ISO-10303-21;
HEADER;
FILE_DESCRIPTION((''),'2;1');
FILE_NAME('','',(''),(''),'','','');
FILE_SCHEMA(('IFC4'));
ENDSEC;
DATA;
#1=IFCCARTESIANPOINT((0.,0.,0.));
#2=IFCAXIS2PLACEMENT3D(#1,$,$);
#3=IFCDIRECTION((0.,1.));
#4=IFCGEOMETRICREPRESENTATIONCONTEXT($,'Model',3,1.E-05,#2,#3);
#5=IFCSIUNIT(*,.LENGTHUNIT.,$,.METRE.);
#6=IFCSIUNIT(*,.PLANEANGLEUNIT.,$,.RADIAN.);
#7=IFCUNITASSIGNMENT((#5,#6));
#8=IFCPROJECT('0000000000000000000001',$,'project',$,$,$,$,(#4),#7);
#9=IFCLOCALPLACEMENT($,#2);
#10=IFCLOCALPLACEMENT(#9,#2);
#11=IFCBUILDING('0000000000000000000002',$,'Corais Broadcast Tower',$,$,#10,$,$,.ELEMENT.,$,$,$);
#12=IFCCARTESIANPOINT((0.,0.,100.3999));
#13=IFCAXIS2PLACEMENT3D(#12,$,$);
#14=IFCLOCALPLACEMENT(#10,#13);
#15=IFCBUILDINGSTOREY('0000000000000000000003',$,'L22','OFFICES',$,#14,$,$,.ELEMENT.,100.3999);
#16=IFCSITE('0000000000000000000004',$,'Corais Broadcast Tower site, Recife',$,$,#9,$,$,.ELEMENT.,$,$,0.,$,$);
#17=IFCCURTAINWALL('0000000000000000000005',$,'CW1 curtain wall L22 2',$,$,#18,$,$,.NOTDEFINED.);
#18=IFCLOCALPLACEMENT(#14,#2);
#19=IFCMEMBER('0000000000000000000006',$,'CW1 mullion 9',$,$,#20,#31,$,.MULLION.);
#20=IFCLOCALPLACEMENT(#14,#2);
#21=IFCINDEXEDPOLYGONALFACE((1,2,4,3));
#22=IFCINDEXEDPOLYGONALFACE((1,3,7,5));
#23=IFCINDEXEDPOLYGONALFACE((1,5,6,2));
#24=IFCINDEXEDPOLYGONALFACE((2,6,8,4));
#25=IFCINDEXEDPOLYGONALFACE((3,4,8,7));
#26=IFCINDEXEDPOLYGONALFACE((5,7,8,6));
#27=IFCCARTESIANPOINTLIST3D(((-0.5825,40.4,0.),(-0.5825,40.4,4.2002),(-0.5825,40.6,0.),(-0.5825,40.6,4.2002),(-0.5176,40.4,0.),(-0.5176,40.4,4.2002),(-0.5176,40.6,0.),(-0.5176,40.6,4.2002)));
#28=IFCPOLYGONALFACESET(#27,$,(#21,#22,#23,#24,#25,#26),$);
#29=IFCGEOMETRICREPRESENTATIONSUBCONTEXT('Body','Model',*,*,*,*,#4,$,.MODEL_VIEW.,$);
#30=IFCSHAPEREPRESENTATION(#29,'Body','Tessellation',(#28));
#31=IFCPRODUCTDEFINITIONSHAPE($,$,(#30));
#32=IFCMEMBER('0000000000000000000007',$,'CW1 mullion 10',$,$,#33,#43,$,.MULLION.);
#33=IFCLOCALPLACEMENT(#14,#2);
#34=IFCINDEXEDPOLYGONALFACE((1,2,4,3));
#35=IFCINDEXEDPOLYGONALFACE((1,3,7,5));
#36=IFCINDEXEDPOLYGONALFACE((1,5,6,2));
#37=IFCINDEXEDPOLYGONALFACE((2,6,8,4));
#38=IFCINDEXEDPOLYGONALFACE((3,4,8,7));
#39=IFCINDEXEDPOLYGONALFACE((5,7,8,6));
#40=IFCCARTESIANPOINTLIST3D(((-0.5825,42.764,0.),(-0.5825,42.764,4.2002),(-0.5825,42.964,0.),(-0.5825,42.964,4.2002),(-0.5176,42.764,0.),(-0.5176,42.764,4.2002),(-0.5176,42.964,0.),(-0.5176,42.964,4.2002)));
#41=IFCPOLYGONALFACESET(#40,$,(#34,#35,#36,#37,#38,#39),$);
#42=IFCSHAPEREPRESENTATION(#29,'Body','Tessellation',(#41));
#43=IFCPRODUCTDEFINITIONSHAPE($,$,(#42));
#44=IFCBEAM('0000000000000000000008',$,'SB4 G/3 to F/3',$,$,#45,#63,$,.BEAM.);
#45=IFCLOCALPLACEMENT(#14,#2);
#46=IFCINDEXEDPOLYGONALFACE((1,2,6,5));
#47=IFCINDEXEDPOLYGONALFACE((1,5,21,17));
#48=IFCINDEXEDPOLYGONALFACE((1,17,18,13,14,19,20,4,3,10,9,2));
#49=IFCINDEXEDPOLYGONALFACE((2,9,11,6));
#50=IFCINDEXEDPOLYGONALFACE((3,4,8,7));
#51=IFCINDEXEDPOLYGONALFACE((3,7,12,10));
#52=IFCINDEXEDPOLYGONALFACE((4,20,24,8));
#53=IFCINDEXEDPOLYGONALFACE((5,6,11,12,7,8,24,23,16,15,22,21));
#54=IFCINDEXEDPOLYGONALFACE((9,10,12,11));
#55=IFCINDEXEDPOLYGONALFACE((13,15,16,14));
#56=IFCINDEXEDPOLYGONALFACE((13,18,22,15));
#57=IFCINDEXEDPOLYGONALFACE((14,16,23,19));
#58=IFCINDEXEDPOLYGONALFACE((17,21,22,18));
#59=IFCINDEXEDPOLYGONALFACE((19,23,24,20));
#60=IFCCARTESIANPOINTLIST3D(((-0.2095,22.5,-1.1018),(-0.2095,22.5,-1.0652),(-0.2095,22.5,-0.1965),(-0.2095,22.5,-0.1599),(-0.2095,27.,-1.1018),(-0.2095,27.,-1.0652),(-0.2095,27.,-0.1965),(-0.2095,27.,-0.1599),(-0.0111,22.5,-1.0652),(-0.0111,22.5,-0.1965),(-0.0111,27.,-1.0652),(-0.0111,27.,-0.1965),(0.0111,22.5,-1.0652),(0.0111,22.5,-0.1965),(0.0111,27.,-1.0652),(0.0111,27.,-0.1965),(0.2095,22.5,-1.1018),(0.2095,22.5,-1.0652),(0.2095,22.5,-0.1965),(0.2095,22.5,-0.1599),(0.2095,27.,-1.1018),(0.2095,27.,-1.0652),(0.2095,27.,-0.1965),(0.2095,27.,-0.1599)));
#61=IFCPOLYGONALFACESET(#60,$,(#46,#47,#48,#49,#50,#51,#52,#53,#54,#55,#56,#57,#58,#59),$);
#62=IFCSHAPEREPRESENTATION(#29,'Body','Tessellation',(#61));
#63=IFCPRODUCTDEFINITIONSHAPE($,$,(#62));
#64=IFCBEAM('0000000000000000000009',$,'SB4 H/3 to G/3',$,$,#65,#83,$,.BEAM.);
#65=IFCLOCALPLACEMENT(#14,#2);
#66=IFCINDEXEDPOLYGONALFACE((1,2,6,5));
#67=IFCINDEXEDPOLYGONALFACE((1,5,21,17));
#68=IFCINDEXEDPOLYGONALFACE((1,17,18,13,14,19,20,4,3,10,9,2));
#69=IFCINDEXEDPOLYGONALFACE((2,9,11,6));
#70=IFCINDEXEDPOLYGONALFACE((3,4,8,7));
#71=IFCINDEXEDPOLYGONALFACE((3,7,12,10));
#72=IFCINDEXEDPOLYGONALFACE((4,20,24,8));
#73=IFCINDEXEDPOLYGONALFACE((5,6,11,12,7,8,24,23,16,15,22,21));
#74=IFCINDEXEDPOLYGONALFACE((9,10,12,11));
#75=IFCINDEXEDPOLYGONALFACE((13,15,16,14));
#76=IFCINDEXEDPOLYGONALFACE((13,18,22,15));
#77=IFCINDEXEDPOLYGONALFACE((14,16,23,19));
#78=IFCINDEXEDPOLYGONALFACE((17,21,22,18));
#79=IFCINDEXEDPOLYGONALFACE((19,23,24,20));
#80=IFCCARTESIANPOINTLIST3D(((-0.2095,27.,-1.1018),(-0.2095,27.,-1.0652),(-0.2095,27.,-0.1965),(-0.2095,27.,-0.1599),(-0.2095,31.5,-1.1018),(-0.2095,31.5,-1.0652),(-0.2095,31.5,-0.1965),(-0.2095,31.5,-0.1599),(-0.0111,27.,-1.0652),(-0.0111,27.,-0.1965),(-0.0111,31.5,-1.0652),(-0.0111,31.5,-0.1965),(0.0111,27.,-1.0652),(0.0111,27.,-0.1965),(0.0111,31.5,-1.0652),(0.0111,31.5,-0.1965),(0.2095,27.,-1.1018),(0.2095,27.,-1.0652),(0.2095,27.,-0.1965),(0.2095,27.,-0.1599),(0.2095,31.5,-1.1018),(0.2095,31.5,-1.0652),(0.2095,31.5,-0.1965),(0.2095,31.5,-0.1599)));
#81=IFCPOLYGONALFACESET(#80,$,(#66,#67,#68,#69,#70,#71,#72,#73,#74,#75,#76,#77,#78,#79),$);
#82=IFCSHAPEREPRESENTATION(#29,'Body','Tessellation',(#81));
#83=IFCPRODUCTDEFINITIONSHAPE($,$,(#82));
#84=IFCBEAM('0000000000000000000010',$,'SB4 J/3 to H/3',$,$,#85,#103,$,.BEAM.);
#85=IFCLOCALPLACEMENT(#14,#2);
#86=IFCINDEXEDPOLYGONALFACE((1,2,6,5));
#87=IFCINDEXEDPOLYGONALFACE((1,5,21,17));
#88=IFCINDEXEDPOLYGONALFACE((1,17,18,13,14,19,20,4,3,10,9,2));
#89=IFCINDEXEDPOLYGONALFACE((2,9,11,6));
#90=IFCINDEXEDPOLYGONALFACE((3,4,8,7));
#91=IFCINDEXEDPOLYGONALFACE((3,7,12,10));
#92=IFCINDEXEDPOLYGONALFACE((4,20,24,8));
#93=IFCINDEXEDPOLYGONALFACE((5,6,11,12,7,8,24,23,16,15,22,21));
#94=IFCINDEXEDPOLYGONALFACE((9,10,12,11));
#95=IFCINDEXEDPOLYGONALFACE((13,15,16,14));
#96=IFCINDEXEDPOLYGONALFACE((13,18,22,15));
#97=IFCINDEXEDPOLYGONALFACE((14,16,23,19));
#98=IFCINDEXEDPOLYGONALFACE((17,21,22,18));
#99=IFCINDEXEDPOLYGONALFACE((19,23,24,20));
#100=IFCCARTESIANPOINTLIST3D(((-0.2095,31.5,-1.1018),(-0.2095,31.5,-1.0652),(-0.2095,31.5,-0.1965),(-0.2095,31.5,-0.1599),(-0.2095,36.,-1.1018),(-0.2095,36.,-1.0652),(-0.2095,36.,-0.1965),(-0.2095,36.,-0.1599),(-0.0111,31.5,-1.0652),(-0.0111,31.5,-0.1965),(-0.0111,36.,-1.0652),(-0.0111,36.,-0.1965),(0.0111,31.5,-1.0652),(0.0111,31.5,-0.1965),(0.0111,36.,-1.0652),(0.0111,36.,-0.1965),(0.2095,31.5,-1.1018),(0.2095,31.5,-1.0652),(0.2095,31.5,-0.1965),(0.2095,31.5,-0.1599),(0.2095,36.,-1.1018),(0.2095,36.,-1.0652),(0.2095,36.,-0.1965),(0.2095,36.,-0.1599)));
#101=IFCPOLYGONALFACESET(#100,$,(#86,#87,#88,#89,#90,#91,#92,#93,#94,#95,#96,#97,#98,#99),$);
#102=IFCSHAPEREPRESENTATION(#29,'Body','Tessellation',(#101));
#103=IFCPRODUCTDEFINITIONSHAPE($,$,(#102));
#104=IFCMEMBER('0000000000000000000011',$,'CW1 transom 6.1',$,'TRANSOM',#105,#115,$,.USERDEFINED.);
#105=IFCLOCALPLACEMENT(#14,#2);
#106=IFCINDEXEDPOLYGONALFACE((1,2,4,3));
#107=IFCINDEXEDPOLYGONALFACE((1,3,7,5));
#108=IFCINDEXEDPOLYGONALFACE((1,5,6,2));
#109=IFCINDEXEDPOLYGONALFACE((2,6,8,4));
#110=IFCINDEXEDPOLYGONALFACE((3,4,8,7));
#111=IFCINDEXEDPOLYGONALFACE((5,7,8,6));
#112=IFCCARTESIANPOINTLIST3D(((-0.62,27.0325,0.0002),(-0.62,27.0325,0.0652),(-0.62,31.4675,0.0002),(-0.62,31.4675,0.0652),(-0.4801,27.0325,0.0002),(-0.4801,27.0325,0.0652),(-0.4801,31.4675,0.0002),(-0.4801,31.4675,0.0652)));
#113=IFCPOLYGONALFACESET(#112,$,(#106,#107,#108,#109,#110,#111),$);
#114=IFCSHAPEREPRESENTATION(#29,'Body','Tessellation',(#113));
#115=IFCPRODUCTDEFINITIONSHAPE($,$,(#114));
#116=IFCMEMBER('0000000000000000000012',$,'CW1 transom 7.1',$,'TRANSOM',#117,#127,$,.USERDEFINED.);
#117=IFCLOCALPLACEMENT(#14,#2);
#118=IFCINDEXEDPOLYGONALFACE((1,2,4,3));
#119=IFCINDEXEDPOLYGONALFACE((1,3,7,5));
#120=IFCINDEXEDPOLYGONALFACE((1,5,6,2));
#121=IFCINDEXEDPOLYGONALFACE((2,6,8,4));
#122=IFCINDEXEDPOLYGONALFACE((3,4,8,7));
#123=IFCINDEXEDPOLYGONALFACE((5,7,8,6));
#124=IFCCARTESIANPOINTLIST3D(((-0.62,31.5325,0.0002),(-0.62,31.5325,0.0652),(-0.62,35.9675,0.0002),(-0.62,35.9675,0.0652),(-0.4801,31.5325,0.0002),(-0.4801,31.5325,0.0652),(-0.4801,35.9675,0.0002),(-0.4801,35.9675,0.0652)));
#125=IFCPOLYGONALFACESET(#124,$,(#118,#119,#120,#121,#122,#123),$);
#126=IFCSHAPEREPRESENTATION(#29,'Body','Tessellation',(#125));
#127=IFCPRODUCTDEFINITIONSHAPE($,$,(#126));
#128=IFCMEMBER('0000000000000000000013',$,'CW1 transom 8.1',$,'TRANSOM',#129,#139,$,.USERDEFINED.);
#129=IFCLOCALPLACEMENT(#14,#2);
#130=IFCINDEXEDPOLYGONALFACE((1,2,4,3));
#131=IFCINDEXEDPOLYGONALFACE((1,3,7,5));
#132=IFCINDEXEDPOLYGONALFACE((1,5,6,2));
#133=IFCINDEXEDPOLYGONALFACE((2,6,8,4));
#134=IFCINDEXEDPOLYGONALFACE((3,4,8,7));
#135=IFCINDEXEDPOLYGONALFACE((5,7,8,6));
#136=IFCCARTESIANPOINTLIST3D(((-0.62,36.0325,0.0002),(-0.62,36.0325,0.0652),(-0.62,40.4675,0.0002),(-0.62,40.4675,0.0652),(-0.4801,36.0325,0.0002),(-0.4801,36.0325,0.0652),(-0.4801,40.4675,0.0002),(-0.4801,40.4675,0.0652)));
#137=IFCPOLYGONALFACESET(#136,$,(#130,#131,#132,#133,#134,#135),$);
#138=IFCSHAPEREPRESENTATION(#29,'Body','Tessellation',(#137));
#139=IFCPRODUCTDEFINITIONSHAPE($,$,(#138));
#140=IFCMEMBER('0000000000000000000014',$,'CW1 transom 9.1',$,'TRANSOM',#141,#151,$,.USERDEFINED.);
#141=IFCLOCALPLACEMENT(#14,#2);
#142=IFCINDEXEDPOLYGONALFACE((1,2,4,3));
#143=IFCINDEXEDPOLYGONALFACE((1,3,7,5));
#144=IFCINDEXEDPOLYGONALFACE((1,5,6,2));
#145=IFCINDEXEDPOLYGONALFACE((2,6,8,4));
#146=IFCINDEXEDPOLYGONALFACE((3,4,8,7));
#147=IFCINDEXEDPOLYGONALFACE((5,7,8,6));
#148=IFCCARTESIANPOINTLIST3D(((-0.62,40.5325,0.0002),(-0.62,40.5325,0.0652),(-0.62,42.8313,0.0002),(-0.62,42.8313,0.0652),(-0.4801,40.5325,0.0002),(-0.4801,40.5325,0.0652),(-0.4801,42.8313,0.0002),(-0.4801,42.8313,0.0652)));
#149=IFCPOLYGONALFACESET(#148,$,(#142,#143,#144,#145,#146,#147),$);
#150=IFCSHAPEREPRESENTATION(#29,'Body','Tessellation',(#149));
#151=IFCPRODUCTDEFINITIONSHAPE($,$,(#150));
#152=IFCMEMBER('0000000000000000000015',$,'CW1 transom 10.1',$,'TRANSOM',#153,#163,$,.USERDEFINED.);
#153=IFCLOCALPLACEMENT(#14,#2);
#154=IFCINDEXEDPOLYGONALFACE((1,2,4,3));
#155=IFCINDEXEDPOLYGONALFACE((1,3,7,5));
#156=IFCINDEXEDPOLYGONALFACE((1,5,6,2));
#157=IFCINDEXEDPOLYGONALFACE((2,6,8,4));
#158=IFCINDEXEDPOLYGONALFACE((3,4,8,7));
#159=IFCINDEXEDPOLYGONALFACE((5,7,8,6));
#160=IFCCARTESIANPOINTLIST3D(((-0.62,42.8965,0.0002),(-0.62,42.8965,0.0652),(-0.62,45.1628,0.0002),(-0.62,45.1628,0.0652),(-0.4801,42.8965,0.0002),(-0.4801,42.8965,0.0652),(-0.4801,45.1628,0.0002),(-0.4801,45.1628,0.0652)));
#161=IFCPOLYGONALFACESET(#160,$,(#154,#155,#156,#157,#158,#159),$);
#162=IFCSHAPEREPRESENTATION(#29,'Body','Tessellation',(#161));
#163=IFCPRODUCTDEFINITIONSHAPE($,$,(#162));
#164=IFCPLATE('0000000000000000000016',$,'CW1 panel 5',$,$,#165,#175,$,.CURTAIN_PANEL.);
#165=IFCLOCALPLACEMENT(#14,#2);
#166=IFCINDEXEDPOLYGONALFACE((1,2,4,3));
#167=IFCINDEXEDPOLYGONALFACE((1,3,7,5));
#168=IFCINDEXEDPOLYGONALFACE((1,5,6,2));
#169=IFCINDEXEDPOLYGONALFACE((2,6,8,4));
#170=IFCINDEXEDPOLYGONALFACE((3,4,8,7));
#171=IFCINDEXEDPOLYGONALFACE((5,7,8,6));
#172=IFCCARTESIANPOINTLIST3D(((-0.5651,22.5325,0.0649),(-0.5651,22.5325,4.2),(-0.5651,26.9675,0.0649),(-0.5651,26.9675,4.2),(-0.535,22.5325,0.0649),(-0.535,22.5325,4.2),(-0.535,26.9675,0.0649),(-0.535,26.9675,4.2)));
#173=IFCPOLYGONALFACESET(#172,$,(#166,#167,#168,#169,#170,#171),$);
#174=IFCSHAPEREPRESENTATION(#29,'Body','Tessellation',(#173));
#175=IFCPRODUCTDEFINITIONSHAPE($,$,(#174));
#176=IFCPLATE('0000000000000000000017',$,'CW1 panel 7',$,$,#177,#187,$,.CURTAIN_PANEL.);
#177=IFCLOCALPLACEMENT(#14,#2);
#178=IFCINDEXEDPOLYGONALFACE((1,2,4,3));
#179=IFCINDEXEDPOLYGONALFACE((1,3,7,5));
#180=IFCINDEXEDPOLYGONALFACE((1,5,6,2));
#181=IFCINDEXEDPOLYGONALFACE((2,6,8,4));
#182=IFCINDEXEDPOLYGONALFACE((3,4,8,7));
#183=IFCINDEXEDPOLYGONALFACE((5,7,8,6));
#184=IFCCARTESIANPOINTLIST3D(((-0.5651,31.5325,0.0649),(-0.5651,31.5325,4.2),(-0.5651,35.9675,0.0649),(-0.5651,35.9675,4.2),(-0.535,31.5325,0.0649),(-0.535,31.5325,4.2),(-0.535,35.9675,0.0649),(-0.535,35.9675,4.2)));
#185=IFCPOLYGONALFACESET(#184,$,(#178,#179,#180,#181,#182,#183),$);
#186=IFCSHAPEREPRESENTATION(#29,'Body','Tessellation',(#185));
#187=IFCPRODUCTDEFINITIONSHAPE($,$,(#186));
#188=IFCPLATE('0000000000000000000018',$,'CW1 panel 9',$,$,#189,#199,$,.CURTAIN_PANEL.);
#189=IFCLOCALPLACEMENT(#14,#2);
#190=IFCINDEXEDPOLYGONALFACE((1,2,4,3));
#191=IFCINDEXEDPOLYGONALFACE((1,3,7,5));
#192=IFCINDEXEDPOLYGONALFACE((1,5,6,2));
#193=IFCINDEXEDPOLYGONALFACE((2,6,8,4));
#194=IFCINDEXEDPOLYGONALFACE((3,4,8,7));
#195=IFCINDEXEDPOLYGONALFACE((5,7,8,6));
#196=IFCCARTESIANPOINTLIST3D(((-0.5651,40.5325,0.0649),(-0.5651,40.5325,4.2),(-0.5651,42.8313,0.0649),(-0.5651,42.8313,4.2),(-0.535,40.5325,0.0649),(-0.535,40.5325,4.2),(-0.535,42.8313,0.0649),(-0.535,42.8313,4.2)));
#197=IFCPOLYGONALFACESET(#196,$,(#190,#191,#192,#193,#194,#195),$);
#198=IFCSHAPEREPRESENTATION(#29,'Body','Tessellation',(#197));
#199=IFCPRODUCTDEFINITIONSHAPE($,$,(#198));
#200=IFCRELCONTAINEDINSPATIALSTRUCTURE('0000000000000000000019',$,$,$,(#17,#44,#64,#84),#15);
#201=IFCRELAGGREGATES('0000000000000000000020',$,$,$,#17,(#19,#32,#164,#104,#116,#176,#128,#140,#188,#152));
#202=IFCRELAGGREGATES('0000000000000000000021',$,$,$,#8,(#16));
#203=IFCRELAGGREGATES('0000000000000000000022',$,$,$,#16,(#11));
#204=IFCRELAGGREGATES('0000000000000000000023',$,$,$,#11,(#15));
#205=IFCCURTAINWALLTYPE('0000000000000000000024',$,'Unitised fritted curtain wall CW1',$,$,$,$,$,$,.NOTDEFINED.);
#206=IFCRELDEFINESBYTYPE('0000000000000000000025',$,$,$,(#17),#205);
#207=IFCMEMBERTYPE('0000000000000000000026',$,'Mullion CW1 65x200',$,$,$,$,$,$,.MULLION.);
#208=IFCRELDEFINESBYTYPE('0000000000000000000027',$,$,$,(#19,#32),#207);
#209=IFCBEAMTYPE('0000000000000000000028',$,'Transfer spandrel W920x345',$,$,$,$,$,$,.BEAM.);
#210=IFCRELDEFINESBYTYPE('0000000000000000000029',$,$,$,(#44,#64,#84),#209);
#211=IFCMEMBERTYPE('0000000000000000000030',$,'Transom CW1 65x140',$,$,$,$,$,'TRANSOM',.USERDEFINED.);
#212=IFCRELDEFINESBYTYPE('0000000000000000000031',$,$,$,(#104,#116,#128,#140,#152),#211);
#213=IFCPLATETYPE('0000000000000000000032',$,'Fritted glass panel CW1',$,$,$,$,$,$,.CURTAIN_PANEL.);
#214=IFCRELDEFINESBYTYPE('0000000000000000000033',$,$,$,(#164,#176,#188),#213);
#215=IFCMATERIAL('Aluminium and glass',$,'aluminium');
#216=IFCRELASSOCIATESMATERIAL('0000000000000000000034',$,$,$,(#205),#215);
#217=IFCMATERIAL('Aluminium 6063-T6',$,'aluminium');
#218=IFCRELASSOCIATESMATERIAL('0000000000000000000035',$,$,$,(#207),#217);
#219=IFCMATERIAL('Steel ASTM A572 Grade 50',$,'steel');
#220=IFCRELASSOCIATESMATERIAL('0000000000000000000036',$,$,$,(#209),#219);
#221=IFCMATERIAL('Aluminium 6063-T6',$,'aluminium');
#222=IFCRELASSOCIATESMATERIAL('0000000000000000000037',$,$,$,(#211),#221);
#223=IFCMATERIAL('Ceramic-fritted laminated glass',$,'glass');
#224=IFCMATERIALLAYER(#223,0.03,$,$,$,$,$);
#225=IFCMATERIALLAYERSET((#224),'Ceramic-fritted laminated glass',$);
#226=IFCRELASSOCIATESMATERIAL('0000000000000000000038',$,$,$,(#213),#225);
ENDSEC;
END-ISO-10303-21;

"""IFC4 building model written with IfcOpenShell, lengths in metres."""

from ifc_helpers import new_model, si_unit, direction, frame, origin, origin_2d, place, context, subcontext, project, spatial, rectangle, i_section, extrude, material, layer, layer_set, material_profile, profile_set, type_object, element, aggregate, save


model = new_model("IFC4")

# Units and contexts
model_context = context("Model", 3, precision=1e-05, world=origin(), true_north=direction((0.0, 1.0)))
body_context = subcontext(model_context, "Body", "Model", "MODEL_VIEW")
ifc_project = project(units=[si_unit("LENGTHUNIT", "METRE"), si_unit("PLANEANGLEUNIT", "RADIAN")], contexts=[model_context])

# Site, building, storey
site_placement = place(None, origin())
site = spatial("IfcSite", under=ifc_project, at=site_placement, Name="Corais Broadcast Tower site, Recife", CompositionType="ELEMENT", RefElevation=0.0)
building_placement = place(site_placement, origin())
building = spatial("IfcBuilding", under=site, at=building_placement, Name="Corais Broadcast Tower", CompositionType="ELEMENT")
storey_placement = place(building_placement, frame((0.0, 0.0, 100.3999)))
storey = spatial("IfcBuildingStorey", under=building, at=storey_placement, Name="L22", Description="OFFICES", CompositionType="ELEMENT", Elevation=100.3999)

# Curtain wall, members
ifc_material_1 = material(Name="Aluminium and glass", Category="aluminium")
curtain_wall_type = type_object("IfcCurtainWallType", Name="Unitised fritted curtain wall CW1", PredefinedType="NOTDEFINED", material=ifc_material_1)
curtain_wall_placement = place(storey_placement, origin())
curtain_wall = element("IfcCurtainWall", 1, at=curtain_wall_placement, inside=storey, type_object=curtain_wall_type, Name="CW1 curtain wall L22 2", PredefinedType="NOTDEFINED")
ifc_material_2 = material(Name="Aluminium 6063-T6", Category="aluminium")
ifc_material_profile_1 = material_profile(ifc_material_2, rectangle(XDim=0.0649, YDim=0.2, at=origin_2d()), Name="Mullion CW1 65x200")
ifc_profile_set_1 = profile_set([ifc_material_profile_1], Name="Aluminium 6063-T6")
member_type_1 = type_object("IfcMemberType", Name="Mullion CW1 65x200", PredefinedType="MULLION", material=ifc_profile_set_1)
member_1_placement = place(storey_placement, frame((-0.55, 40.5, 0.0), z_axis=(0.0, 0.0, 1.0), x_axis=(-1.0, 0.0, 0.0)))
member_1 = element("IfcMember", 2, at=member_1_placement, type_object=member_type_1, Name="CW1 mullion 9", PredefinedType="MULLION", context=body_context, shape_type="SweptSolid", body=[
    extrude(rectangle(XDim=0.0649, YDim=0.2, at=origin_2d()), origin(), (0.0, 0.0, 1.0), 4.2002),
])
member_2_placement = place(storey_placement, frame((-0.55, 42.864, 0.0), z_axis=(0.0, 0.0, 1.0), x_axis=(-1.0, 0.0, 0.0)))
member_2 = element("IfcMember", 3, at=member_2_placement, type_object=member_type_1, Name="CW1 mullion 10", PredefinedType="MULLION", context=body_context, shape_type="SweptSolid", body=[
    extrude(rectangle(XDim=0.0649, YDim=0.2, at=origin_2d()), origin(), (0.0, 0.0, 1.0), 4.2002),
])

# Beams
ifc_material_3 = material(Name="Steel ASTM A572 Grade 50", Category="steel")
ifc_material_profile_2 = material_profile(ifc_material_3, i_section(OverallWidth=0.4189, OverallDepth=0.9419, WebThickness=0.0222, FlangeThickness=0.0366, at=origin_2d()), Name="W920x345")
ifc_profile_set_2 = profile_set([ifc_material_profile_2], Name="Steel ASTM A572 Grade 50")
beam_type_1 = type_object("IfcBeamType", Name="Transfer spandrel W920x345", PredefinedType="BEAM", material=ifc_profile_set_2)
for number, where, z_axis, x_axis, name in (
    (4, (0.0, 27.0, -0.6309), (0.0, -1.0, 0.0), (1.0, 0.0, 0.0), "SB4 G/3 to F/3"),
    (5, (0.0, 31.5, -0.6309), (0.0, -1.0, 0.0), (1.0, 0.0, 0.0), "SB4 H/3 to G/3"),
    (6, (0.0, 36.0, -0.6309), (0.0, -1.0, 0.0), (1.0, 0.0, 0.0), "SB4 J/3 to H/3"),
):
    element("IfcBeam", number, at=place(storey_placement, frame(where, z_axis=z_axis, x_axis=x_axis)), inside=storey, type_object=beam_type_1, Name=name, PredefinedType="BEAM", context=body_context, shape_type="SweptSolid", body=[
        extrude(i_section(OverallWidth=0.4189, OverallDepth=0.9419, WebThickness=0.0222, FlangeThickness=0.0366, at=origin_2d()), origin(), (0.0, 0.0, 1.0), 4.5),
    ])

# Members
ifc_material_4 = material(Name="Aluminium 6063-T6", Category="aluminium")
ifc_material_profile_3 = material_profile(ifc_material_4, rectangle(XDim=0.1399, YDim=0.0649, at=origin_2d()), Name="Transom CW1 65x140")
ifc_profile_set_3 = profile_set([ifc_material_profile_3], Name="Aluminium 6063-T6")
member_type_2 = type_object("IfcMemberType", Name="Transom CW1 65x140", ElementType="TRANSOM", PredefinedType="USERDEFINED", material=ifc_profile_set_3)
member_3_placement = place(storey_placement, frame((-0.55, 27.0325, 0.0327), z_axis=(0.0, 1.0, 0.0), x_axis=(-1.0, 0.0, 0.0)))
member_3 = element("IfcMember", 7, at=member_3_placement, type_object=member_type_2, Name="CW1 transom 6.1", ObjectType="TRANSOM", PredefinedType="USERDEFINED", context=body_context, shape_type="SweptSolid", body=[
    extrude(rectangle(XDim=0.1399, YDim=0.0649, at=origin_2d()), origin(), (0.0, 0.0, 1.0), 4.4351),
])
member_4_placement = place(storey_placement, frame((-0.55, 31.5325, 0.0327), z_axis=(0.0, 1.0, 0.0), x_axis=(-1.0, 0.0, 0.0)))
member_4 = element("IfcMember", 8, at=member_4_placement, type_object=member_type_2, Name="CW1 transom 7.1", ObjectType="TRANSOM", PredefinedType="USERDEFINED", context=body_context, shape_type="SweptSolid", body=[
    extrude(rectangle(XDim=0.1399, YDim=0.0649, at=origin_2d()), origin(), (0.0, 0.0, 1.0), 4.4351),
])
member_5_placement = place(storey_placement, frame((-0.55, 36.0325, 0.0327), z_axis=(0.0, 1.0, 0.0), x_axis=(-1.0, 0.0, 0.0)))
member_5 = element("IfcMember", 9, at=member_5_placement, type_object=member_type_2, Name="CW1 transom 8.1", ObjectType="TRANSOM", PredefinedType="USERDEFINED", context=body_context, shape_type="SweptSolid", body=[
    extrude(rectangle(XDim=0.1399, YDim=0.0649, at=origin_2d()), origin(), (0.0, 0.0, 1.0), 4.4351),
])
member_6_placement = place(storey_placement, frame((-0.55, 40.5325, 0.0327), z_axis=(0.0, 1.0, 0.0), x_axis=(-1.0, 0.0, 0.0)))
member_6 = element("IfcMember", 10, at=member_6_placement, type_object=member_type_2, Name="CW1 transom 9.1", ObjectType="TRANSOM", PredefinedType="USERDEFINED", context=body_context, shape_type="SweptSolid", body=[
    extrude(rectangle(XDim=0.1399, YDim=0.0649, at=origin_2d()), origin(), (0.0, 0.0, 1.0), 2.2988),
])
member_7_placement = place(storey_placement, frame((-0.55, 42.8965, 0.0327), z_axis=(0.0, 1.0, 0.0), x_axis=(-1.0, 0.0, 0.0)))
member_7 = element("IfcMember", 11, at=member_7_placement, type_object=member_type_2, Name="CW1 transom 10.1", ObjectType="TRANSOM", PredefinedType="USERDEFINED", context=body_context, shape_type="SweptSolid", body=[
    extrude(rectangle(XDim=0.1399, YDim=0.0649, at=origin_2d()), origin(), (0.0, 0.0, 1.0), 2.2664),
])

# Plates
ifc_material_5 = material(Name="Ceramic-fritted laminated glass", Category="glass")
ifc_layer_1 = layer(ifc_material_5, 0.03)
ifc_layer_set_1 = layer_set([ifc_layer_1], Name="Ceramic-fritted laminated glass")
plate_type_1 = type_object("IfcPlateType", Name="Fritted glass panel CW1", PredefinedType="CURTAIN_PANEL", material=ifc_layer_set_1)
plate_1_placement = place(storey_placement, frame((-0.55, 24.75, 0.0649), z_axis=(0.0, 0.0, 1.0), x_axis=(0.0, 1.0, 0.0)))
plate_1 = element("IfcPlate", 12, at=plate_1_placement, type_object=plate_type_1, Name="CW1 panel 5", PredefinedType="CURTAIN_PANEL", context=body_context, shape_type="SweptSolid", body=[
    extrude(rectangle(XDim=4.4351, YDim=0.03, at=origin_2d()), origin(), (0.0, 0.0, 1.0), 4.135),
])
plate_2_placement = place(storey_placement, frame((-0.55, 33.75, 0.0649), z_axis=(0.0, 0.0, 1.0), x_axis=(0.0, 1.0, 0.0)))
plate_2 = element("IfcPlate", 13, at=plate_2_placement, type_object=plate_type_1, Name="CW1 panel 7", PredefinedType="CURTAIN_PANEL", context=body_context, shape_type="SweptSolid", body=[
    extrude(rectangle(XDim=4.4351, YDim=0.03, at=origin_2d()), origin(), (0.0, 0.0, 1.0), 4.135),
])
plate_3_placement = place(storey_placement, frame((-0.55, 41.6819, 0.0649), z_axis=(0.0, 0.0, 1.0), x_axis=(0.0, 1.0, 0.0)))
plate_3 = element("IfcPlate", 14, at=plate_3_placement, type_object=plate_type_1, Name="CW1 panel 9", PredefinedType="CURTAIN_PANEL", context=body_context, shape_type="SweptSolid", body=[
    extrude(rectangle(XDim=2.2988, YDim=0.03, at=origin_2d()), origin(), (0.0, 0.0, 1.0), 4.135),
])
aggregate(curtain_wall, [member_1, member_2, plate_1, member_3, member_4, plate_2, member_5, member_6, plate_3, member_7])

save(model, "model.ifc")
